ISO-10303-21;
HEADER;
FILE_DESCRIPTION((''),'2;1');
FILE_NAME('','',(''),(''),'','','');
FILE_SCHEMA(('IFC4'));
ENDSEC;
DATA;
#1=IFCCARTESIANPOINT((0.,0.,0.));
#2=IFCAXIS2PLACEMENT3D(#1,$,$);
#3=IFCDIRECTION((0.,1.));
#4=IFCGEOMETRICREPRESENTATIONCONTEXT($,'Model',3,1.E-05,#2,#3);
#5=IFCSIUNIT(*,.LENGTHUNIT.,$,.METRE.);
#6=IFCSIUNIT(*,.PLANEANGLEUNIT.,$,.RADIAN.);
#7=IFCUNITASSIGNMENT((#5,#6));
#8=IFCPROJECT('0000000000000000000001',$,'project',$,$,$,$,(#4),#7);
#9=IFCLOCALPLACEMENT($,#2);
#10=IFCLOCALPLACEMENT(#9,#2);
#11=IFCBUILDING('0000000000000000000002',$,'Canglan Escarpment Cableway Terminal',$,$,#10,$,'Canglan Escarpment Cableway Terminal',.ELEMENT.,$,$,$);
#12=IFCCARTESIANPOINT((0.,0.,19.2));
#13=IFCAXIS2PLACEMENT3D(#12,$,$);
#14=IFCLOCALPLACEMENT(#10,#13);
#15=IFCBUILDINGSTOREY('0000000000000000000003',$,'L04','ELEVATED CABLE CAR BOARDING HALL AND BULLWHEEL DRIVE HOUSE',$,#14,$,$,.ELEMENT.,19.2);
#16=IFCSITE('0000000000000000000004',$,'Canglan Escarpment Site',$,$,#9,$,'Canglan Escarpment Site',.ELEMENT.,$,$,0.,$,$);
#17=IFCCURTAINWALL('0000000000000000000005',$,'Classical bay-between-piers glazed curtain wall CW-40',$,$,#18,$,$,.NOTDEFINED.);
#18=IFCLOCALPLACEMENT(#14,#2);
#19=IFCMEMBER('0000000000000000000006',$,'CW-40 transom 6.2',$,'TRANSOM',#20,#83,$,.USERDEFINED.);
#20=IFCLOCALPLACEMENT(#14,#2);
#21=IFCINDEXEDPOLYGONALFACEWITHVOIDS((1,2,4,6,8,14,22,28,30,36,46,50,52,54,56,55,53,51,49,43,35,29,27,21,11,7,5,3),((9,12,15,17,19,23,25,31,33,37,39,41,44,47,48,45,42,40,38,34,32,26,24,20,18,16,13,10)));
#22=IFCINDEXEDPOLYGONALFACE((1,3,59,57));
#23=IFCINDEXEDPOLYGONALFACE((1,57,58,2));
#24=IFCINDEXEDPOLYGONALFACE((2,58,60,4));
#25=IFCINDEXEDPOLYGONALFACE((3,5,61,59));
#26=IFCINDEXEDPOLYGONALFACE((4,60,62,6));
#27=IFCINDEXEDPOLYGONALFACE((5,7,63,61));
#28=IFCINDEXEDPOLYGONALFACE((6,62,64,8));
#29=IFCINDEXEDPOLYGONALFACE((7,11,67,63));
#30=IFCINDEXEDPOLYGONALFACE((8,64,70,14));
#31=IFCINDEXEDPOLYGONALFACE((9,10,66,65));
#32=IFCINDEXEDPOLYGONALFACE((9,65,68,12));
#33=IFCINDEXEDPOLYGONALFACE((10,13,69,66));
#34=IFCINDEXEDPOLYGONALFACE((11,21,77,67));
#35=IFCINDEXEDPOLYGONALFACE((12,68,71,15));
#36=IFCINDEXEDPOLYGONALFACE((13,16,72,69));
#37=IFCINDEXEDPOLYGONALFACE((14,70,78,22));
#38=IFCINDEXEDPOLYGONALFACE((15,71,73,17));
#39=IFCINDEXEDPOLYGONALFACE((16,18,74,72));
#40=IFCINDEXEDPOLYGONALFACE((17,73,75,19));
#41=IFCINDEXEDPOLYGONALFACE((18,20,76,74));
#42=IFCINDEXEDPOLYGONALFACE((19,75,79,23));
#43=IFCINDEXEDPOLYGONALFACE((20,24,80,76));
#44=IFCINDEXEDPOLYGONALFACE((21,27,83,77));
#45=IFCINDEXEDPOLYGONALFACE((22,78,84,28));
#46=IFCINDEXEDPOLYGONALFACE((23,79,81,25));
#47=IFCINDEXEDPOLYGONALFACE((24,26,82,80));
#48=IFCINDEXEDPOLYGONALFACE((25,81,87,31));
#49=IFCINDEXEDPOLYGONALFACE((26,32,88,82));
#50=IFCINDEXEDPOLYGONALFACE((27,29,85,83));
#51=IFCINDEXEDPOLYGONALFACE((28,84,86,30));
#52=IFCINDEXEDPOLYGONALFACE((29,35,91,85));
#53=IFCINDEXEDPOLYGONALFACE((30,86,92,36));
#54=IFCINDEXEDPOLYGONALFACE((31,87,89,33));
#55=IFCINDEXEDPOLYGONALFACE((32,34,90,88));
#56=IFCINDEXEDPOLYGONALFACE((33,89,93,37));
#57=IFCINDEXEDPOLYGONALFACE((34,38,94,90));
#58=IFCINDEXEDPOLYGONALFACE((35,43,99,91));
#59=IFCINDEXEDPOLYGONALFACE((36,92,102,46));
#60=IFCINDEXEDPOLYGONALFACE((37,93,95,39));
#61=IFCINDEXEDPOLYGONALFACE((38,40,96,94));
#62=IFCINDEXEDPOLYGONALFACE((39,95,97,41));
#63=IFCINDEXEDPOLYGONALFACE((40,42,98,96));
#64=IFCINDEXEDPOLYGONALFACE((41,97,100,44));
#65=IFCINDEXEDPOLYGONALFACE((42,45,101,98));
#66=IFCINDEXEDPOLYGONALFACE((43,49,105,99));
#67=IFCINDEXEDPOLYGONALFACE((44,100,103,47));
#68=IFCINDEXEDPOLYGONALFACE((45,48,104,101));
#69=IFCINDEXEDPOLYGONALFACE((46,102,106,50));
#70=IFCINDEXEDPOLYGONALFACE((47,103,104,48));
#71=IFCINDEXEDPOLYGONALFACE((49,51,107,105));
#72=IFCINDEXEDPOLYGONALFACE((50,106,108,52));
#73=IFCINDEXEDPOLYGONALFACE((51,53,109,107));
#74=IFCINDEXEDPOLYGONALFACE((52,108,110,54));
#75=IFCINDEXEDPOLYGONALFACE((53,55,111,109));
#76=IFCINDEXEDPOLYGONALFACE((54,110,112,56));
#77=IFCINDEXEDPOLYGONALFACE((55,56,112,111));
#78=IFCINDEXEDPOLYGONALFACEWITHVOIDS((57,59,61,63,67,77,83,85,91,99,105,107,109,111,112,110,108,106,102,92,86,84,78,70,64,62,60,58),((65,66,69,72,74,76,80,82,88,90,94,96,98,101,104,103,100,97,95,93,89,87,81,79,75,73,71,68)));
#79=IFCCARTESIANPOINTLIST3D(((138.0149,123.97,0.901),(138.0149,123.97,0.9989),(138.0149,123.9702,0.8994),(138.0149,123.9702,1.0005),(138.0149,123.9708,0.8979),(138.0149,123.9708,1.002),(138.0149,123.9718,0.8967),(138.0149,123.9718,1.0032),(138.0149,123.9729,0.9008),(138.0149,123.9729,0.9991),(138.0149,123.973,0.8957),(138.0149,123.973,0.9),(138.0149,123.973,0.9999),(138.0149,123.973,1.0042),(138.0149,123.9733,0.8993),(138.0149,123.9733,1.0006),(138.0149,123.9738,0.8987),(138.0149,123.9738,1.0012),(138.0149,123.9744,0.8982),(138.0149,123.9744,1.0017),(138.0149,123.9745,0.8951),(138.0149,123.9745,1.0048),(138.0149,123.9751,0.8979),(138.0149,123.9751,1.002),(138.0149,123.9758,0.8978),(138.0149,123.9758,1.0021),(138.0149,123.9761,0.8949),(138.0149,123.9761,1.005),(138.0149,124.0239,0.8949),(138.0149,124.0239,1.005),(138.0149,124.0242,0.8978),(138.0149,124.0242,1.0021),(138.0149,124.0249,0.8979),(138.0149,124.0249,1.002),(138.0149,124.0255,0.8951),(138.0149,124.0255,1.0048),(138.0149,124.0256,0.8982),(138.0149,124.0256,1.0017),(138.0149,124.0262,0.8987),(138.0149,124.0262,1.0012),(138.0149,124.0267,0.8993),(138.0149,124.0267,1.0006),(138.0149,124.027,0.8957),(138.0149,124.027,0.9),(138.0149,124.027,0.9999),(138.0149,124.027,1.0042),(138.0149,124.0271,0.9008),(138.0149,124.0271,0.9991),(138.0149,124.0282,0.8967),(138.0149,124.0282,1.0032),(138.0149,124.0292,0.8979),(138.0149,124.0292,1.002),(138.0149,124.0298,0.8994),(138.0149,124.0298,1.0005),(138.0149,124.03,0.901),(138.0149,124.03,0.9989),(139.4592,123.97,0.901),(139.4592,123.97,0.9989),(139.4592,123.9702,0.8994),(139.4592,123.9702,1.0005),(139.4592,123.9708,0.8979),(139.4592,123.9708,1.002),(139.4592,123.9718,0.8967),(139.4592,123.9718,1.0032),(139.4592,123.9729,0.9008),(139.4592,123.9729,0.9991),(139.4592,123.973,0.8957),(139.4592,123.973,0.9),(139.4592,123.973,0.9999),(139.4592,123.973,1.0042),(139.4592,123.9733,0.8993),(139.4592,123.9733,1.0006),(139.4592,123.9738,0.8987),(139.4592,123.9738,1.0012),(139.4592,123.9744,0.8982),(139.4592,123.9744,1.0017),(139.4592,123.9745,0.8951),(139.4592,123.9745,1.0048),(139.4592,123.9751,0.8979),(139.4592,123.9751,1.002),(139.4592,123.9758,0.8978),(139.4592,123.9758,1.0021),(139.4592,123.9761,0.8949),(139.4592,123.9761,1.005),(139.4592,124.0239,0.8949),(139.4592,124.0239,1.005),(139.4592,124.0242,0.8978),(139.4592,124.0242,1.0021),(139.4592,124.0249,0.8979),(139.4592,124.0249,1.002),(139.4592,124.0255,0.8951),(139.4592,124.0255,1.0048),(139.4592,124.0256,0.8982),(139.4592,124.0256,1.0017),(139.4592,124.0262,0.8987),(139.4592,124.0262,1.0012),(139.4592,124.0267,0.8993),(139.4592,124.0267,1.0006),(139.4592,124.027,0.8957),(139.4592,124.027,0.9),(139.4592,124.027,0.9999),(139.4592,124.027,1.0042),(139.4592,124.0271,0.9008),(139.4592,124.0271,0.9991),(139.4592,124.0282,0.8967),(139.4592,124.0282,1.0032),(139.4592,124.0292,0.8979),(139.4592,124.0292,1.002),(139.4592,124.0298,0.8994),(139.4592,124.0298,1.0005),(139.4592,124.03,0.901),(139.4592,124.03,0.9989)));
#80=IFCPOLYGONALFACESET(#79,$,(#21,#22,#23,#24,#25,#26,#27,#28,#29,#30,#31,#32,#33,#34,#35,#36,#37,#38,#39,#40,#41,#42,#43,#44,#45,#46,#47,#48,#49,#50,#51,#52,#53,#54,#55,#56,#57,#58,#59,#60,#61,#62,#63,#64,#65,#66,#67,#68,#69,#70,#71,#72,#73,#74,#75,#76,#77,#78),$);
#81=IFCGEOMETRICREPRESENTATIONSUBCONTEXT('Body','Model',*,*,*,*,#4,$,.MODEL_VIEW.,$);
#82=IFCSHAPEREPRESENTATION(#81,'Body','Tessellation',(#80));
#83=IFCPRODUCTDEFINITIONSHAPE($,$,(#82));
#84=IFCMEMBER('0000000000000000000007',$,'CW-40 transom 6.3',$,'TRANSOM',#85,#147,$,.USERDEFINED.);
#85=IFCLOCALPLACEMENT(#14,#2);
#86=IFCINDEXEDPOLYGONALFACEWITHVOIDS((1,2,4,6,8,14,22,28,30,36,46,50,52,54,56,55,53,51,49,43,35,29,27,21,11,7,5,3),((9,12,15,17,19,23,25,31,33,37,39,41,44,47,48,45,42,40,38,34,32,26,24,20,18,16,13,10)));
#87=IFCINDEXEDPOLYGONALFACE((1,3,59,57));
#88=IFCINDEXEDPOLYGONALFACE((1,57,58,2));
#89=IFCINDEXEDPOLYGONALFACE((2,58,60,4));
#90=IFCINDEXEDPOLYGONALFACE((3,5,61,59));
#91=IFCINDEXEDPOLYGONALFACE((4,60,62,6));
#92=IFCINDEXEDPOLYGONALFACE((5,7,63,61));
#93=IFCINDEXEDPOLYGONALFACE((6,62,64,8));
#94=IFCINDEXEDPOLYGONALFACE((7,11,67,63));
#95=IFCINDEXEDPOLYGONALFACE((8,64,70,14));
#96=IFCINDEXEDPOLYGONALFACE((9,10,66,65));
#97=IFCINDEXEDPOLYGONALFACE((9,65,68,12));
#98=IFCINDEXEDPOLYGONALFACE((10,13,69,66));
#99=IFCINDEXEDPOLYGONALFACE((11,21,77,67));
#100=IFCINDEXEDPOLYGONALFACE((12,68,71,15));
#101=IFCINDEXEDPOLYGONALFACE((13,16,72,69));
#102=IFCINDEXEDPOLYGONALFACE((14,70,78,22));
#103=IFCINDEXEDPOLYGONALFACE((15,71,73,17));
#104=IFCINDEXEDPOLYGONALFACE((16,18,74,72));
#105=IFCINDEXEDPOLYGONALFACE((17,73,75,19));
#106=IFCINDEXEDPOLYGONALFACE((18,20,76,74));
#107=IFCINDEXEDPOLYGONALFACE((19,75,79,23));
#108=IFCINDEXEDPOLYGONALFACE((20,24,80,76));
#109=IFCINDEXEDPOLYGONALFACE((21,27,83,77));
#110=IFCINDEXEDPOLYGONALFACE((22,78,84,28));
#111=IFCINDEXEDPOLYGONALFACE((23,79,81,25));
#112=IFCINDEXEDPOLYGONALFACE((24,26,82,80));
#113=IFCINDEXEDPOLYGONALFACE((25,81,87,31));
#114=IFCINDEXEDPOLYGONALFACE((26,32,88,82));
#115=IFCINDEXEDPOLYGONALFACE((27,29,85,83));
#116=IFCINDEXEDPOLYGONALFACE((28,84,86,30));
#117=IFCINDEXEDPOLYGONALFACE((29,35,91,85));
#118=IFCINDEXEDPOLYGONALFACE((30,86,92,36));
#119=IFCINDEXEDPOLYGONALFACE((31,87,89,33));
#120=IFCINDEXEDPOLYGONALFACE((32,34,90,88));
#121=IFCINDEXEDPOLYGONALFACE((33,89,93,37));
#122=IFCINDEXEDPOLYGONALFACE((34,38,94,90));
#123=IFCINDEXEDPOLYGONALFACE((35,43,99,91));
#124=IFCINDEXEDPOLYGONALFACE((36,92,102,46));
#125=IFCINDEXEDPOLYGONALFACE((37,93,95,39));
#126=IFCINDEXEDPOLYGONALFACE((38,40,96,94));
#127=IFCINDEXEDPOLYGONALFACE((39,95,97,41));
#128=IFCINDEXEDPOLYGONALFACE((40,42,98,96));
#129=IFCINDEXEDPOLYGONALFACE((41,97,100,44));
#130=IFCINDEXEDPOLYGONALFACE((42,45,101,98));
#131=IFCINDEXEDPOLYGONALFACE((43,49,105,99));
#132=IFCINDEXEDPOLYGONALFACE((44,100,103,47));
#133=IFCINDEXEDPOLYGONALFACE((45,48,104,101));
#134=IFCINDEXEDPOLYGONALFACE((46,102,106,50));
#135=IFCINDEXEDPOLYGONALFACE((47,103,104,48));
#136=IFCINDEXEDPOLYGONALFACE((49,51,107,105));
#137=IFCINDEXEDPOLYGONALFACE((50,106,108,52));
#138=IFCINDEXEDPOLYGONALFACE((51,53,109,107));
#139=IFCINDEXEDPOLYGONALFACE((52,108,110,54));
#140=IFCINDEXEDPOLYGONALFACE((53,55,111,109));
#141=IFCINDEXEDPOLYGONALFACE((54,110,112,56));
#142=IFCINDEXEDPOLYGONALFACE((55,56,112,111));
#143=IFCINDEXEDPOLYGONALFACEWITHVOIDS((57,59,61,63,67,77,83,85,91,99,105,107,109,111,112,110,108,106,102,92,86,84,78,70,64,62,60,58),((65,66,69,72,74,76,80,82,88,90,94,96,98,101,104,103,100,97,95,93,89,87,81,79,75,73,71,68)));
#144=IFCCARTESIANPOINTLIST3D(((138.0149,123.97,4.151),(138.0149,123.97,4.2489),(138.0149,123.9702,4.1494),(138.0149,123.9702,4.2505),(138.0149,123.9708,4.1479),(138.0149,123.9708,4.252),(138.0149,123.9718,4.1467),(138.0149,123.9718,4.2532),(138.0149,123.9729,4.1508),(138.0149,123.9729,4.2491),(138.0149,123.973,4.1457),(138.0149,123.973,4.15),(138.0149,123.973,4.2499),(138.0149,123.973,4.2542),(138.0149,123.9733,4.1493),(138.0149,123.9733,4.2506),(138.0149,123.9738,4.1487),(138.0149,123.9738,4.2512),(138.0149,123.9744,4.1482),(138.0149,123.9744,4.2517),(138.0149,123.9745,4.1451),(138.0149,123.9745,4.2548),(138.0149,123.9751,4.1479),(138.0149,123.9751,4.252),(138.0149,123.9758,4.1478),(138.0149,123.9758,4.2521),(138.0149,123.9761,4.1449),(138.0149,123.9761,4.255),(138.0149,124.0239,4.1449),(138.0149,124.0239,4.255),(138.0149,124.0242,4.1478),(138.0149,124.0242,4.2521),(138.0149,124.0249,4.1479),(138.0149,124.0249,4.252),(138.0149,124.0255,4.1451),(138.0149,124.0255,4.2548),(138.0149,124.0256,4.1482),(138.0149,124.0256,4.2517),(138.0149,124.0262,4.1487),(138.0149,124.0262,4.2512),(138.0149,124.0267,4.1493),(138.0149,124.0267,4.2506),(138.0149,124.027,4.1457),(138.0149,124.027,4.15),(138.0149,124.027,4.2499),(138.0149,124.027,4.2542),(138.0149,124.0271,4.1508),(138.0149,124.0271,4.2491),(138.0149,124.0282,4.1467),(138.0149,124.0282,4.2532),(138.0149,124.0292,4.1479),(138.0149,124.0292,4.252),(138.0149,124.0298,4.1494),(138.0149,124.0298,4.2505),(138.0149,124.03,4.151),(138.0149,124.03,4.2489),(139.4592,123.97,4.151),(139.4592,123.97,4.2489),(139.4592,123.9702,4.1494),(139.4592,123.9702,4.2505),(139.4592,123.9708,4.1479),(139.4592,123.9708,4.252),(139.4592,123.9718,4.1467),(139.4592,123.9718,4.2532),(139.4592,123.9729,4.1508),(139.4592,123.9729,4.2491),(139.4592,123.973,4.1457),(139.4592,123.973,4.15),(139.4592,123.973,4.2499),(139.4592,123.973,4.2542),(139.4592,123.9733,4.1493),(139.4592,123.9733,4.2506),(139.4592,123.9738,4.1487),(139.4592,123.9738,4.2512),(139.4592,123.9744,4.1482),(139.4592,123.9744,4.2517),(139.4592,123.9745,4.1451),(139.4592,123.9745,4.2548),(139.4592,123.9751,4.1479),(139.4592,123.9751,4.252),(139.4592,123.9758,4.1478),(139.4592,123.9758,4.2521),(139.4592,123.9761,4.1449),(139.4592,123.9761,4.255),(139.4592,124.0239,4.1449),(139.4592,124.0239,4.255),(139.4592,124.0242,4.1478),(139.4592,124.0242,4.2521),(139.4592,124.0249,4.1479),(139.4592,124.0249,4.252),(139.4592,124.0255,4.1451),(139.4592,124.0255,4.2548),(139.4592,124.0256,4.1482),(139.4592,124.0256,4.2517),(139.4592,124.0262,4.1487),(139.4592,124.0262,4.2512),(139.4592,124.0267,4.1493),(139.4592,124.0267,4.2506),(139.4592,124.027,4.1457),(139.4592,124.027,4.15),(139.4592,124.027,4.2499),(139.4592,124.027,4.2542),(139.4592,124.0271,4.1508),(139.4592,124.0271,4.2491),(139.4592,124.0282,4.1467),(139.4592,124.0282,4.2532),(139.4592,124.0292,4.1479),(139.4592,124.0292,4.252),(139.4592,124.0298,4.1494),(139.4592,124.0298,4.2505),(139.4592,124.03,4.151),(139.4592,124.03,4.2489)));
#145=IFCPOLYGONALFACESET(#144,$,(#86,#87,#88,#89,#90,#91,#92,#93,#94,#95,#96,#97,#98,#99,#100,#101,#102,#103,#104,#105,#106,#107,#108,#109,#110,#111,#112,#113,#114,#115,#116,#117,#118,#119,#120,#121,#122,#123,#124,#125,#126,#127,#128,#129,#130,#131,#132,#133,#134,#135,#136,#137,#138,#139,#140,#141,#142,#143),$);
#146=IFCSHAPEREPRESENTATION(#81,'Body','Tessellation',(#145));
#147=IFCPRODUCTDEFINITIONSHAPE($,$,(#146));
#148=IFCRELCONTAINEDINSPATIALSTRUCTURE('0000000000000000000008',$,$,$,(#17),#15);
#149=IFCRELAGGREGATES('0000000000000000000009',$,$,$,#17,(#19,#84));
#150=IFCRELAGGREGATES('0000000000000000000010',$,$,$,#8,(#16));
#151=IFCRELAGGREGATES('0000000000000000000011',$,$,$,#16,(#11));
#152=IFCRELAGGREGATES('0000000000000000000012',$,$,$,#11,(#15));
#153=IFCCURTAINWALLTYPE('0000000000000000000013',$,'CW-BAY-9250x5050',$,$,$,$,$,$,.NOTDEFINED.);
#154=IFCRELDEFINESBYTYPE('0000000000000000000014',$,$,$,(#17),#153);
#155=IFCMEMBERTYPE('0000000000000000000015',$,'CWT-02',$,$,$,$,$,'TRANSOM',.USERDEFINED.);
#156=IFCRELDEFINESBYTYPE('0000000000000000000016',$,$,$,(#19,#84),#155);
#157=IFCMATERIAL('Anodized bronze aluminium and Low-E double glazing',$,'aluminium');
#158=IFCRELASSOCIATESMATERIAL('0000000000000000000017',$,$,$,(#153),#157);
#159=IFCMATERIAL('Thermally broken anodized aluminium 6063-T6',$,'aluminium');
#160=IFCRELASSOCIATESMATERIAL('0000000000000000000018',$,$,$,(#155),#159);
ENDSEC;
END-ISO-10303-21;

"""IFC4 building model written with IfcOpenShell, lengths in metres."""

from ifc_helpers import new_model, si_unit, direction, frame, origin, origin_2d, place, context, subcontext, project, spatial, hollow_rectangle, extrude, material, material_profile, profile_set, type_object, element, aggregate, save


model = new_model("IFC4")

# Units and contexts
model_context = context("Model", 3, precision=1e-05, world=origin(), true_north=direction((0.0, 1.0)))
body_context = subcontext(model_context, "Body", "Model", "MODEL_VIEW")
ifc_project = project(units=[si_unit("LENGTHUNIT", "METRE"), si_unit("PLANEANGLEUNIT", "RADIAN")], contexts=[model_context])

# Site, building, storey
site_placement = place(None, origin())
site = spatial("IfcSite", under=ifc_project, at=site_placement, Name="Canglan Escarpment Site", LongName="Canglan Escarpment Site", CompositionType="ELEMENT", RefElevation=0.0)
building_placement = place(site_placement, origin())
building = spatial("IfcBuilding", under=site, at=building_placement, Name="Canglan Escarpment Cableway Terminal", LongName="Canglan Escarpment Cableway Terminal", CompositionType="ELEMENT")
storey_placement = place(building_placement, frame((0.0, 0.0, 19.2)))
storey = spatial("IfcBuildingStorey", under=building, at=storey_placement, Name="L04", Description="ELEVATED CABLE CAR BOARDING HALL AND BULLWHEEL DRIVE HOUSE", CompositionType="ELEMENT", Elevation=19.2)

# Curtain wall
ifc_material_1 = material(Name="Anodized bronze aluminium and Low-E double glazing", Category="aluminium")
curtain_wall_type_1 = type_object("IfcCurtainWallType", Name="CW-BAY-9250x5050", PredefinedType="NOTDEFINED", material=ifc_material_1)
curtain_wall_1_placement = place(storey_placement, origin())
curtain_wall_1 = element("IfcCurtainWall", 1, at=curtain_wall_1_placement, inside=storey, type_object=curtain_wall_type_1, Name="Classical bay-between-piers glazed curtain wall CW-40", PredefinedType="NOTDEFINED")
ifc_material_2 = material(Name="Thermally broken anodized aluminium 6063-T6", Category="aluminium")

# Members
ifc_material_profile_1 = material_profile(ifc_material_2, hollow_rectangle(XDim=0.0601, YDim=0.1101, WallThickness=0.0029, InnerFilletRadius=0.0029, OuterFilletRadius=0.0061, at=origin_2d()), Name="ALU-TRAN 60x110x3")
ifc_profile_set_1 = profile_set([ifc_material_profile_1], Name="Thermally broken anodized aluminium 6063-T6")
member_type_1 = type_object("IfcMemberType", Name="CWT-02", ElementType="TRANSOM", PredefinedType="USERDEFINED", material=ifc_profile_set_1)
member_1_placement = place(storey_placement, frame((139.4592, 124.0, 0.95), z_axis=(-1.0, 0.0, 0.0), x_axis=(0.0, -1.0, 0.0)))
member_1 = element("IfcMember", 2, at=member_1_placement, type_object=member_type_1, Name="CW-40 transom 6.2", ObjectType="TRANSOM", PredefinedType="USERDEFINED", context=body_context, shape_type="SweptSolid", body=[
    extrude(hollow_rectangle(XDim=0.0601, YDim=0.1101, WallThickness=0.0029, InnerFilletRadius=0.0029, OuterFilletRadius=0.0061, at=origin_2d()), origin(), (0.0, 0.0, 1.0), 1.4443),
])
member_2_placement = place(storey_placement, frame((139.4592, 124.0, 4.2), z_axis=(-1.0, 0.0, 0.0), x_axis=(0.0, -1.0, 0.0)))
member_2 = element("IfcMember", 3, at=member_2_placement, type_object=member_type_1, Name="CW-40 transom 6.3", ObjectType="TRANSOM", PredefinedType="USERDEFINED", context=body_context, shape_type="SweptSolid", body=[
    extrude(hollow_rectangle(XDim=0.0601, YDim=0.1101, WallThickness=0.0029, InnerFilletRadius=0.0029, OuterFilletRadius=0.0061, at=origin_2d()), origin(), (0.0, 0.0, 1.0), 1.4443),
])

aggregate(curtain_wall_1, [member_1, member_2])

save(model, "model.ifc")
